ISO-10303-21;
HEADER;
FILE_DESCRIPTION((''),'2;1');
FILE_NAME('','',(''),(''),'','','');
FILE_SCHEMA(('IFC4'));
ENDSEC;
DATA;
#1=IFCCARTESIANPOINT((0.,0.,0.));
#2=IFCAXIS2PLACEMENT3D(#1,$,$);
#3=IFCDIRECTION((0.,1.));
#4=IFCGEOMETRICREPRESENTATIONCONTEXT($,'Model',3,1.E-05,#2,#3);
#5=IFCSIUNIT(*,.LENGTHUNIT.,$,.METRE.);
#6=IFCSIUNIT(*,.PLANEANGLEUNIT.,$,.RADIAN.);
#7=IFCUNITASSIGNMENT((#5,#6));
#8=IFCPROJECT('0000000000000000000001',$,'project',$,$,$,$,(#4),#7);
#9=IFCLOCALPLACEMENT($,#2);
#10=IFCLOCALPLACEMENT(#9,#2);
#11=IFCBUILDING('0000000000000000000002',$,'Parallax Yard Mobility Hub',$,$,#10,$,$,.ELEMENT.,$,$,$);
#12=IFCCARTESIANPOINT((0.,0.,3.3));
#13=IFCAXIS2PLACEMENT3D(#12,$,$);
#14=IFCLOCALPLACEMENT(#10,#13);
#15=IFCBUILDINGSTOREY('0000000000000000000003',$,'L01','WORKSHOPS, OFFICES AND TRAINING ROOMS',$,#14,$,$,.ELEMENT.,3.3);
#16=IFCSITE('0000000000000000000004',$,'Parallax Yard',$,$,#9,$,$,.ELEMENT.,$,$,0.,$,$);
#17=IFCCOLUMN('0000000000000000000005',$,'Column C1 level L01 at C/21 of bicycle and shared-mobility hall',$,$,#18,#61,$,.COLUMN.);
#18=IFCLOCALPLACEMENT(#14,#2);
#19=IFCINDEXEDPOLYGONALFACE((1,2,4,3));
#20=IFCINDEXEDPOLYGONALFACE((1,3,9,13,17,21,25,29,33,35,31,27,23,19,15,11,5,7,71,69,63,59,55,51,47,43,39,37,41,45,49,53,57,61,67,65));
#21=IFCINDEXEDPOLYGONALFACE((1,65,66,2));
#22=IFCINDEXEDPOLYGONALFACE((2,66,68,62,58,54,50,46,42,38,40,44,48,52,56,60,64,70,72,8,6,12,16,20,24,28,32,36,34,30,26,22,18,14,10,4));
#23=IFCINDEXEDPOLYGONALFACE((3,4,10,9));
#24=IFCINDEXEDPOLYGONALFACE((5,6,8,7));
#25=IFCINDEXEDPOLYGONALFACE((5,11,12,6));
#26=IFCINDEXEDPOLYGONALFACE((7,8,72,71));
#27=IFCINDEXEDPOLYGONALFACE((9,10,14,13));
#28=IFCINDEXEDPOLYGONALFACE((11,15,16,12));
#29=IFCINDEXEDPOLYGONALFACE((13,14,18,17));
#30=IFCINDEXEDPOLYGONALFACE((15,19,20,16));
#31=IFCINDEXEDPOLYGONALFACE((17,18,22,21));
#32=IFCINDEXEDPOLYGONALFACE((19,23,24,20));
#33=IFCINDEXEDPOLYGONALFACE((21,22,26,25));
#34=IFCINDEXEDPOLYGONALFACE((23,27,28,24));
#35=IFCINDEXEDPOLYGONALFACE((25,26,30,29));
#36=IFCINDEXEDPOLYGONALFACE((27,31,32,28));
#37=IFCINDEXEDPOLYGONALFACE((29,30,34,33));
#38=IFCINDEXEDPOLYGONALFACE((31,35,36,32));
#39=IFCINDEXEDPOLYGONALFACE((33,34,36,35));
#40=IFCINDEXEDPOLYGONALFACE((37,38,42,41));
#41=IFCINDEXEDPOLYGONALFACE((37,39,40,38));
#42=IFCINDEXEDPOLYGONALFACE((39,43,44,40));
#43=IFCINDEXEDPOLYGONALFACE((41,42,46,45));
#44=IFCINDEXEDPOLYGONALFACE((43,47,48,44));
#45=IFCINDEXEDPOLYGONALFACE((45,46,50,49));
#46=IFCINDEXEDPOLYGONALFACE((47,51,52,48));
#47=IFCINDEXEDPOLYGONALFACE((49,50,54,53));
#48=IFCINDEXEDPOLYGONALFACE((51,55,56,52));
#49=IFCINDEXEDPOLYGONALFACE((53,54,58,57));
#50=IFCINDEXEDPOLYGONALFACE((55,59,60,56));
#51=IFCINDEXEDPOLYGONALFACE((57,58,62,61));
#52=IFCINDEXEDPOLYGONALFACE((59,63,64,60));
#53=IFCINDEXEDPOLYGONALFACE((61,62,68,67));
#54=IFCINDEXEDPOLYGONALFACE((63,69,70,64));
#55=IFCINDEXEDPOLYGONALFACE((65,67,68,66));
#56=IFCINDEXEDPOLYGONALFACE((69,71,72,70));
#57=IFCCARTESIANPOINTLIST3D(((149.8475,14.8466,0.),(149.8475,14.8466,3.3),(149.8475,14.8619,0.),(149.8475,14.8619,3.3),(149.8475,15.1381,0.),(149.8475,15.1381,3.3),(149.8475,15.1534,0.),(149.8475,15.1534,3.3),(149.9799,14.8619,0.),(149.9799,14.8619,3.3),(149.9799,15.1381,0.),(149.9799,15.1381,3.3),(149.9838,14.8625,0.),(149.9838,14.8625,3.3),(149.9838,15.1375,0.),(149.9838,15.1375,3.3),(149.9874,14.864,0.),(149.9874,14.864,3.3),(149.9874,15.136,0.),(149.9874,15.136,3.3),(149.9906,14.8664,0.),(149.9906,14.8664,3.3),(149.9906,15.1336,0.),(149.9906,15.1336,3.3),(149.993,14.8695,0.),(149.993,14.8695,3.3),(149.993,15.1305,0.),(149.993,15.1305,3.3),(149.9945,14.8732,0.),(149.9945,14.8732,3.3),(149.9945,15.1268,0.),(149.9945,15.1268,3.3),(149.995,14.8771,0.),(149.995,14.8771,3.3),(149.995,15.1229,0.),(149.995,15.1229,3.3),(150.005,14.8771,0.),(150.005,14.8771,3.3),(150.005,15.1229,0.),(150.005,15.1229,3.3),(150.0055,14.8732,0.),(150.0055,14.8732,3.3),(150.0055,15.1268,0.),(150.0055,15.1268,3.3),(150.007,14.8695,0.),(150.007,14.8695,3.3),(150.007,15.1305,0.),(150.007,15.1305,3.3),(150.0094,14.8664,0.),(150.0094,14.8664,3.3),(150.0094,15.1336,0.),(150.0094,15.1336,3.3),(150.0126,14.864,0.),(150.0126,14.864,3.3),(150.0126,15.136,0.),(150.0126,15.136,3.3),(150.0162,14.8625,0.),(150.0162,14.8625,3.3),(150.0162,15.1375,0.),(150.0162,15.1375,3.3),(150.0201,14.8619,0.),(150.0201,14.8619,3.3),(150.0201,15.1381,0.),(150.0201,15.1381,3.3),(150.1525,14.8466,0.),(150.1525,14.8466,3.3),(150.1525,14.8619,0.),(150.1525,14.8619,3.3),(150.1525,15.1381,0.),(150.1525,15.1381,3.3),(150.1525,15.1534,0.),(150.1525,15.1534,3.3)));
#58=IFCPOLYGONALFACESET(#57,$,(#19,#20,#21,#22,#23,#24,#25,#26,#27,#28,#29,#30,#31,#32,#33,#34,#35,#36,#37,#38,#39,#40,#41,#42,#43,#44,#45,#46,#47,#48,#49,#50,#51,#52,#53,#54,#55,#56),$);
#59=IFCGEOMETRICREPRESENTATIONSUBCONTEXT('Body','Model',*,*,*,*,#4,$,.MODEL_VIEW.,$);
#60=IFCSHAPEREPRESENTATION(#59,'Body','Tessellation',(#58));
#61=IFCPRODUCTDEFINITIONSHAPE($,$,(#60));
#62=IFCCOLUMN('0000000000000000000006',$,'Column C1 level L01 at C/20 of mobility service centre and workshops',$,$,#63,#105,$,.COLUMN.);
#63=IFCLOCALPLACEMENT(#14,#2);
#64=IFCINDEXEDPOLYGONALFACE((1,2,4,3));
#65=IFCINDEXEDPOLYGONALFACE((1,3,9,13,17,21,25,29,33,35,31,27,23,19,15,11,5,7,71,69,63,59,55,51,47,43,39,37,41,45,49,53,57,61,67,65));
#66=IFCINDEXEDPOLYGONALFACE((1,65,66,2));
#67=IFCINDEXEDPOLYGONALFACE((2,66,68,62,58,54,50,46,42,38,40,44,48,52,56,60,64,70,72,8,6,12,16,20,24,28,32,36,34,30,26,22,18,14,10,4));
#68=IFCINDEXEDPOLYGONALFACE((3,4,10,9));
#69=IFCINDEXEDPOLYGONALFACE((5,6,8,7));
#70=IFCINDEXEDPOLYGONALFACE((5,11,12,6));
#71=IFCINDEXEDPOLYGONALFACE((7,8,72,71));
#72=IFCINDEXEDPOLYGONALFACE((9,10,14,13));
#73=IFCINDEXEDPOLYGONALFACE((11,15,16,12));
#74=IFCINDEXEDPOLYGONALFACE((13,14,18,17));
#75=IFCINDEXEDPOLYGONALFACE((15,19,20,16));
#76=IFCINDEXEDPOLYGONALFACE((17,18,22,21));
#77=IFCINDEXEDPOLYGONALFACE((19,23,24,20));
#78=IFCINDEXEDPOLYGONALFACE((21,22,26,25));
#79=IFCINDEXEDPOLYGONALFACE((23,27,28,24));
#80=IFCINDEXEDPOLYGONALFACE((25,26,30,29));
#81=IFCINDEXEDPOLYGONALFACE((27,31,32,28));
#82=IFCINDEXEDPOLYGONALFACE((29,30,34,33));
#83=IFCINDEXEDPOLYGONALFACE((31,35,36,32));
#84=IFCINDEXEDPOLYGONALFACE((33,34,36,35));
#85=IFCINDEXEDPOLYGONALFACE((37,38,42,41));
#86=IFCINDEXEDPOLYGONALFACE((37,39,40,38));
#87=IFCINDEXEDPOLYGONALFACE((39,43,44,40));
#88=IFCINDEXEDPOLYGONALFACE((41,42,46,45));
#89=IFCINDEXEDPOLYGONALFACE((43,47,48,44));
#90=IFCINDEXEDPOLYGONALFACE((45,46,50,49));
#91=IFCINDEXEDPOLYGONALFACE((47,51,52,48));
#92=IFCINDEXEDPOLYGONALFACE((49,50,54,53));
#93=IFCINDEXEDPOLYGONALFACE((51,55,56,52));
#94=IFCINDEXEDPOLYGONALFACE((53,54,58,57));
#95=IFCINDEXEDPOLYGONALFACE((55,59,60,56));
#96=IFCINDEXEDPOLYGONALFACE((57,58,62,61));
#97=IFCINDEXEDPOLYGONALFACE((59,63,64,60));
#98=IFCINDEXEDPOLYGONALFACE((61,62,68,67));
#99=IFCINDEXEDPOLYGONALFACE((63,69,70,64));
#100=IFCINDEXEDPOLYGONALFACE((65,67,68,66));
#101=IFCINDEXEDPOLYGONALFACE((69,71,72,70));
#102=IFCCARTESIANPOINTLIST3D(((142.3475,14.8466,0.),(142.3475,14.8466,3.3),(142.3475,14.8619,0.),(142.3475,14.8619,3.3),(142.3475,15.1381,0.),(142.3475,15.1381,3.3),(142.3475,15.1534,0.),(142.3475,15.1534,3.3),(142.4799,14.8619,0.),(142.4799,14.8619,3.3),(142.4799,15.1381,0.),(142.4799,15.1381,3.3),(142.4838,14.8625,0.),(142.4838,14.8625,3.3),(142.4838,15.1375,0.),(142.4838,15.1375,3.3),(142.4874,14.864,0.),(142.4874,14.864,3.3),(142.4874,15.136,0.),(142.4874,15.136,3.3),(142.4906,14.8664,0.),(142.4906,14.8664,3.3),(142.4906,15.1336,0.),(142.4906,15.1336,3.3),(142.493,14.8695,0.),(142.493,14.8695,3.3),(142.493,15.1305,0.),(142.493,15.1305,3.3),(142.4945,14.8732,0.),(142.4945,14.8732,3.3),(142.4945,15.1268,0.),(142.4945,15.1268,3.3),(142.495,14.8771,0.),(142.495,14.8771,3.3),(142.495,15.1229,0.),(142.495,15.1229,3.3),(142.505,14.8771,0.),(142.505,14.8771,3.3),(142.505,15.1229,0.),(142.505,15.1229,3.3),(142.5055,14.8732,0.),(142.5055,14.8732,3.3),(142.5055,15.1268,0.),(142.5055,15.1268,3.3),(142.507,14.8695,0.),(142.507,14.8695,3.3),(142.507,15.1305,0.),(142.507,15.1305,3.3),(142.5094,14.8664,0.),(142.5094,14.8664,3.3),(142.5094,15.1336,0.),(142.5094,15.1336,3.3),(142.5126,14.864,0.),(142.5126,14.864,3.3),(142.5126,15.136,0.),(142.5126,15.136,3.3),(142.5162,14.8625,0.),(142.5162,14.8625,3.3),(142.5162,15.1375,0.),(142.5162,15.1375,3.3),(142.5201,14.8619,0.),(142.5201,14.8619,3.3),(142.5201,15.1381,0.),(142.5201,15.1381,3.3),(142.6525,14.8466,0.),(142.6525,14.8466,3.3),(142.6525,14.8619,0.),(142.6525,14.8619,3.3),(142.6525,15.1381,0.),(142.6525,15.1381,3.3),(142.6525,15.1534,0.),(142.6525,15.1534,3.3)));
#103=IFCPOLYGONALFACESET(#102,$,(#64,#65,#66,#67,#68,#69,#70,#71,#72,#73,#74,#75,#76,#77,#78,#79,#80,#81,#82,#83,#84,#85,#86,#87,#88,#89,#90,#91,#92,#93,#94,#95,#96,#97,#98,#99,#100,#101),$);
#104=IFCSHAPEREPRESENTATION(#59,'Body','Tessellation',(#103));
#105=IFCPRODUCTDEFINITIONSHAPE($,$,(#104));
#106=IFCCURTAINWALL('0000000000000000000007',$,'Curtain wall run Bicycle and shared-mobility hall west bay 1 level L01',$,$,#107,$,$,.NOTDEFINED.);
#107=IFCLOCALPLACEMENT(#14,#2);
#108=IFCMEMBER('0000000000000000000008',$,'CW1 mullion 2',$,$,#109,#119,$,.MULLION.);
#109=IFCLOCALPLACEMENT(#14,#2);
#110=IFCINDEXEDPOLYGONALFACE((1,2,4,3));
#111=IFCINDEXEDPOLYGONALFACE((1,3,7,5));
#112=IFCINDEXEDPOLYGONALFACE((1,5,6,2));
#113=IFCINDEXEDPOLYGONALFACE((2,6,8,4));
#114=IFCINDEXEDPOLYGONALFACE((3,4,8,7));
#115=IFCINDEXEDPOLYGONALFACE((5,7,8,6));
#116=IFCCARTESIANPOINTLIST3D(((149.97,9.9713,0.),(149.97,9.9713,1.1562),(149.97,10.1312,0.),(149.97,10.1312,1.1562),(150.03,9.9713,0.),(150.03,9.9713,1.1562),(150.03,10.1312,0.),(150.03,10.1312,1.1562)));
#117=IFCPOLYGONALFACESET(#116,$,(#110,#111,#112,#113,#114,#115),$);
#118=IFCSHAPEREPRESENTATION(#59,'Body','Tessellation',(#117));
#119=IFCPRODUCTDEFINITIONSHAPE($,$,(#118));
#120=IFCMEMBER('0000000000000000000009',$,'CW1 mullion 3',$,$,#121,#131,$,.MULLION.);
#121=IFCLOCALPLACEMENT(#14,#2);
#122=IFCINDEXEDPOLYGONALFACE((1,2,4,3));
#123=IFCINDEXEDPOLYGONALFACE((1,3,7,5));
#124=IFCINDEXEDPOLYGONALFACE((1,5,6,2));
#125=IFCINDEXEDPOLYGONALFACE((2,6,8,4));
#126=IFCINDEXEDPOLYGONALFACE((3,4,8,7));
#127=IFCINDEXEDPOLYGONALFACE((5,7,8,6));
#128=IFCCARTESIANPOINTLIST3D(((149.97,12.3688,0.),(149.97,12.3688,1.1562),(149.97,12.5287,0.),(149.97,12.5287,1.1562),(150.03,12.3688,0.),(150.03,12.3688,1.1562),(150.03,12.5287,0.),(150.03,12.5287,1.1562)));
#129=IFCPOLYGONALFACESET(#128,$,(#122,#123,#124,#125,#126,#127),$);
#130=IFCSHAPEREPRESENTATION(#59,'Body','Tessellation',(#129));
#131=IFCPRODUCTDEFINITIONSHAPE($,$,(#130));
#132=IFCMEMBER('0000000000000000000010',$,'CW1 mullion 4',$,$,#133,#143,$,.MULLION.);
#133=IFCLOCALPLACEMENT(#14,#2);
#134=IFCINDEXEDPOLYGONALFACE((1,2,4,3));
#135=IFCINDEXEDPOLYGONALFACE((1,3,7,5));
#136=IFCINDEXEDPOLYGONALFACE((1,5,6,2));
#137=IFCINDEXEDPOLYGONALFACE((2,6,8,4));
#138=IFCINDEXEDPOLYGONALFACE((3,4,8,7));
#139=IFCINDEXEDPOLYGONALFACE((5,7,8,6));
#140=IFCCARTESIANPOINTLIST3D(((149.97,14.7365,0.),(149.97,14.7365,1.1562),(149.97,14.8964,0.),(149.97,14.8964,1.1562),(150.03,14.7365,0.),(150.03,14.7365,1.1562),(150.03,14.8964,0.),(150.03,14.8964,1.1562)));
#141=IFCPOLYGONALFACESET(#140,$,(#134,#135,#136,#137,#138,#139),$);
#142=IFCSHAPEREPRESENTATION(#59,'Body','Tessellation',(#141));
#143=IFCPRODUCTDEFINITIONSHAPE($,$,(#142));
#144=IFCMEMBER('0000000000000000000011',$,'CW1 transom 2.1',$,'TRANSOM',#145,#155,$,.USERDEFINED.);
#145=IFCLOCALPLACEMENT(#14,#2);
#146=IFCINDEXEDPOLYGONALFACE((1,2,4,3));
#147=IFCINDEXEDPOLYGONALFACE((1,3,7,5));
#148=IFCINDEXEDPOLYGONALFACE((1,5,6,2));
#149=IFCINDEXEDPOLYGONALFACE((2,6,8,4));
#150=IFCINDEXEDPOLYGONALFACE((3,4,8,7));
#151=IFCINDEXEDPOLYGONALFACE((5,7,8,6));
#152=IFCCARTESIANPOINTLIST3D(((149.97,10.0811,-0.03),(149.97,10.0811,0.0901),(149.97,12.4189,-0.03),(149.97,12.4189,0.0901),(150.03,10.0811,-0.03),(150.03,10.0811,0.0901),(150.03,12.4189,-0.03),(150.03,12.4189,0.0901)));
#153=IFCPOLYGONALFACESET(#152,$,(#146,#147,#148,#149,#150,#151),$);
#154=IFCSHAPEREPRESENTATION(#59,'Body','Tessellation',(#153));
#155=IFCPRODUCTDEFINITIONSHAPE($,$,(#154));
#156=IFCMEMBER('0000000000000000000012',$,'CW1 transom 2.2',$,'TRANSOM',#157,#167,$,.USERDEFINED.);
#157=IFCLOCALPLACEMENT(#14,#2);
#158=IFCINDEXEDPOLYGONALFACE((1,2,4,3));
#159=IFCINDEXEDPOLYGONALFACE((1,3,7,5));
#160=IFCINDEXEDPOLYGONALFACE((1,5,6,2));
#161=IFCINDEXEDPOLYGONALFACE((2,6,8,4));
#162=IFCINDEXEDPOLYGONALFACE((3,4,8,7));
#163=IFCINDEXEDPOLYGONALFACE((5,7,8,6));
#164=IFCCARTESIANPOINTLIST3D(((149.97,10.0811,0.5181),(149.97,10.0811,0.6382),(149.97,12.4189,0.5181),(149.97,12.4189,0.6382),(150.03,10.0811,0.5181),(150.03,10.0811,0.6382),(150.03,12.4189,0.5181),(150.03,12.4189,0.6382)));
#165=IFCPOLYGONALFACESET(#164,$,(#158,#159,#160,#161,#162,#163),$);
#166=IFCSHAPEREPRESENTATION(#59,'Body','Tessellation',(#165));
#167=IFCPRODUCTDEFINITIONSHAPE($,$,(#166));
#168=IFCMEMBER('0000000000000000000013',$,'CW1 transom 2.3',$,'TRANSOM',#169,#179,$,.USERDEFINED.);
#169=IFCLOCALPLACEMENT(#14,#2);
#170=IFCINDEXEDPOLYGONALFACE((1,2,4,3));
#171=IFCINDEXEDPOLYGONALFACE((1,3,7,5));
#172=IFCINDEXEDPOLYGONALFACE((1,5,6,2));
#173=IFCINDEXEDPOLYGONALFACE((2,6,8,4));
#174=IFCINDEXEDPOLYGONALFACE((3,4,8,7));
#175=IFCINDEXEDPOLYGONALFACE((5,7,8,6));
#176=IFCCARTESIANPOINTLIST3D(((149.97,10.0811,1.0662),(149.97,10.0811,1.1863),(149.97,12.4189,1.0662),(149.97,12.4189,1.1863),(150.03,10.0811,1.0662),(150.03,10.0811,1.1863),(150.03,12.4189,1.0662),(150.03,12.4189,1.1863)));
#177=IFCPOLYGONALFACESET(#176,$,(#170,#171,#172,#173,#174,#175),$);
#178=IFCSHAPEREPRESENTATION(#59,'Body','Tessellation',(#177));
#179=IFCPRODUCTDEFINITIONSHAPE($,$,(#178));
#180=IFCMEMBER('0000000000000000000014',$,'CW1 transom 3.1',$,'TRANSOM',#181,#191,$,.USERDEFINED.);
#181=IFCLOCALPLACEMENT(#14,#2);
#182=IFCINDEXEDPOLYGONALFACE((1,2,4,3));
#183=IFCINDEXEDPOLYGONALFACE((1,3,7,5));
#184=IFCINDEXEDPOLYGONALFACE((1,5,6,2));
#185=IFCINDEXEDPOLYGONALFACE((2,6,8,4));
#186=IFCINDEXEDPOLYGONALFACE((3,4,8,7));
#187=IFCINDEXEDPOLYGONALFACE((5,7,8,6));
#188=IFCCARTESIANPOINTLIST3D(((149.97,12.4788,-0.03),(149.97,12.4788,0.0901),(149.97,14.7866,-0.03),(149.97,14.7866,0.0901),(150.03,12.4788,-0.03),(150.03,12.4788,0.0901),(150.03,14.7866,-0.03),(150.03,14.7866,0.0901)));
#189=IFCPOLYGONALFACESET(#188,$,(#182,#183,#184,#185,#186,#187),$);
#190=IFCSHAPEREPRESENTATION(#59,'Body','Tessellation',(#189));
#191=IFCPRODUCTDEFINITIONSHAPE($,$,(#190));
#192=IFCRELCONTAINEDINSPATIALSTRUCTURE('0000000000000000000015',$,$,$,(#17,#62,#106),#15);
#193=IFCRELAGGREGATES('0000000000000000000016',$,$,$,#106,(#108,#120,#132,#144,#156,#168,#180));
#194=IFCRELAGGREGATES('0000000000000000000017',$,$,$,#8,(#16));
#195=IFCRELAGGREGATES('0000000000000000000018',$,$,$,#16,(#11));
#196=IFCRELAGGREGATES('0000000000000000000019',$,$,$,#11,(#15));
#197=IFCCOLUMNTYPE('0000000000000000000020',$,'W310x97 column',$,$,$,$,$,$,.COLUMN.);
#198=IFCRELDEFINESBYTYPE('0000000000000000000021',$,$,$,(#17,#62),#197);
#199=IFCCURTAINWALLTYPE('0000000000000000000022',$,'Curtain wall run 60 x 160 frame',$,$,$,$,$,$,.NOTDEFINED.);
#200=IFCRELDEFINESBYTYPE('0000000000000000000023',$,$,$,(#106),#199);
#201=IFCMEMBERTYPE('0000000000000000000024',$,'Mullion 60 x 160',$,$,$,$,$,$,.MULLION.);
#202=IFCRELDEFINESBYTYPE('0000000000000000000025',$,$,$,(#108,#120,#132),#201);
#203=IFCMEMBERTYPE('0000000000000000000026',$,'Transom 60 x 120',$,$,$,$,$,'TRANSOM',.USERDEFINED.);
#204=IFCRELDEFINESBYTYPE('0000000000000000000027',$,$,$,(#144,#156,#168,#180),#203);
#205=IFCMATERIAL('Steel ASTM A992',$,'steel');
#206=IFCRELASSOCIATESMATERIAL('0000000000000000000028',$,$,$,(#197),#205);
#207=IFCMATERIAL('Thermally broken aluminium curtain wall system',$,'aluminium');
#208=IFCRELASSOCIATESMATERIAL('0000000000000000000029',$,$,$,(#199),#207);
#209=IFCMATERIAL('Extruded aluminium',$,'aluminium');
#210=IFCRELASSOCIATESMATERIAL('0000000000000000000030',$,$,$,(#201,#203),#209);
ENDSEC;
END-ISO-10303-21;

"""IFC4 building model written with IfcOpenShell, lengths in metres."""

from ifc_helpers import new_model, si_unit, direction, frame, origin, origin_2d, place, context, subcontext, project, spatial, rectangle, i_section, extrude, material, material_profile, profile_set, type_object, element, aggregate, save


model = new_model("IFC4")

# Units and contexts
model_context = context("Model", 3, precision=1e-05, world=origin(), true_north=direction((0.0, 1.0)))
body_context = subcontext(model_context, "Body", "Model", "MODEL_VIEW")
ifc_project = project(units=[si_unit("LENGTHUNIT", "METRE"), si_unit("PLANEANGLEUNIT", "RADIAN")], contexts=[model_context])

# Site, building, storey
site_placement = place(None, origin())
site = spatial("IfcSite", under=ifc_project, at=site_placement, Name="Parallax Yard", CompositionType="ELEMENT", RefElevation=0.0)
building_placement = place(site_placement, origin())
building = spatial("IfcBuilding", under=site, at=building_placement, Name="Parallax Yard Mobility Hub", CompositionType="ELEMENT")
storey_placement = place(building_placement, frame((0.0, 0.0, 3.3)))
storey = spatial("IfcBuildingStorey", under=building, at=storey_placement, Name="L01", Description="WORKSHOPS, OFFICES AND TRAINING ROOMS", CompositionType="ELEMENT", Elevation=3.3)

# Columns
ifc_material_1 = material(Name="Steel ASTM A992", Category="steel")
ifc_material_profile_1 = material_profile(ifc_material_1, i_section(OverallWidth=0.3049, OverallDepth=0.3069, WebThickness=0.01, FlangeThickness=0.0154, FilletRadius=0.0151, at=origin_2d()), Name="W310x97")
ifc_profile_set_1 = profile_set([ifc_material_profile_1], Name="Steel ASTM A992")
column_type = type_object("IfcColumnType", Name="W310x97 column", PredefinedType="COLUMN", material=ifc_profile_set_1)
for number, where, z_axis, x_axis, name in (
    (1, (150.0, 15.0, 0.0), (0.0, 0.0, 1.0), (1.0, 0.0, 0.0), "Column C1 level L01 at C/21 of bicycle and shared-mobility hall"),
    (2, (142.5, 15.0, 0.0), (0.0, 0.0, 1.0), (1.0, 0.0, 0.0), "Column C1 level L01 at C/20 of mobility service centre and workshops"),
):
    element("IfcColumn", number, at=place(storey_placement, frame(where, z_axis=z_axis, x_axis=x_axis)), inside=storey, type_object=column_type, Name=name, PredefinedType="COLUMN", context=body_context, shape_type="SweptSolid", body=[
        extrude(i_section(OverallWidth=0.3049, OverallDepth=0.3069, WebThickness=0.01, FlangeThickness=0.0154, FilletRadius=0.0151, at=origin_2d()), origin(), (0.0, 0.0, 1.0), 3.3),
    ])

# Curtain wall, members
ifc_material_2 = material(Name="Thermally broken aluminium curtain wall system", Category="aluminium")
curtain_wall_type = type_object("IfcCurtainWallType", Name="Curtain wall run 60 x 160 frame", PredefinedType="NOTDEFINED", material=ifc_material_2)
curtain_wall_placement = place(storey_placement, origin())
curtain_wall = element("IfcCurtainWall", 3, at=curtain_wall_placement, inside=storey, type_object=curtain_wall_type, Name="Curtain wall run Bicycle and shared-mobility hall west bay 1 level L01", PredefinedType="NOTDEFINED")
ifc_material_3 = material(Name="Extruded aluminium", Category="aluminium")
ifc_material_profile_2 = material_profile(ifc_material_3, rectangle(XDim=0.0601, YDim=0.1599, at=origin_2d()), Name="Mullion 60 x 160")
ifc_profile_set_2 = profile_set([ifc_material_profile_2], Name="Extruded aluminium")
member_type_1 = type_object("IfcMemberType", Name="Mullion 60 x 160", PredefinedType="MULLION", material=ifc_profile_set_2)
member_1_placement = place(storey_placement, frame((150.0, 10.0513, 0.0), z_axis=(0.0, 0.0, 1.0), x_axis=(-1.0, 0.0, 0.0)))
member_1 = element("IfcMember", 4, at=member_1_placement, type_object=member_type_1, Name="CW1 mullion 2", PredefinedType="MULLION", context=body_context, shape_type="SweptSolid", body=[
    extrude(rectangle(XDim=0.0601, YDim=0.1599, at=origin_2d()), origin(), (0.0, 0.0, 1.0), 1.1562),
])
member_2_placement = place(storey_placement, frame((150.0, 12.4487, 0.0), z_axis=(0.0, 0.0, 1.0), x_axis=(-1.0, 0.0, 0.0)))
member_2 = element("IfcMember", 5, at=member_2_placement, type_object=member_type_1, Name="CW1 mullion 3", PredefinedType="MULLION", context=body_context, shape_type="SweptSolid", body=[
    extrude(rectangle(XDim=0.0601, YDim=0.1599, at=origin_2d()), origin(), (0.0, 0.0, 1.0), 1.1562),
])
member_3_placement = place(storey_placement, frame((150.0, 14.8164, 0.0), z_axis=(0.0, 0.0, 1.0), x_axis=(-1.0, 0.0, 0.0)))
member_3 = element("IfcMember", 6, at=member_3_placement, type_object=member_type_1, Name="CW1 mullion 4", PredefinedType="MULLION", context=body_context, shape_type="SweptSolid", body=[
    extrude(rectangle(XDim=0.0601, YDim=0.1599, at=origin_2d()), origin(), (0.0, 0.0, 1.0), 1.1562),
])
ifc_material_profile_3 = material_profile(ifc_material_3, rectangle(XDim=0.0601, YDim=0.1201, at=origin_2d()), Name="Transom 60 x 120")
ifc_profile_set_3 = profile_set([ifc_material_profile_3], Name="Extruded aluminium")
member_type_2 = type_object("IfcMemberType", Name="Transom 60 x 120", ElementType="TRANSOM", PredefinedType="USERDEFINED", material=ifc_profile_set_3)
member_4_placement = place(storey_placement, frame((150.0, 10.0811, 0.03), z_axis=(0.0, 1.0, 0.0), x_axis=(-1.0, 0.0, 0.0)))
member_4 = element("IfcMember", 7, at=member_4_placement, type_object=member_type_2, Name="CW1 transom 2.1", ObjectType="TRANSOM", PredefinedType="USERDEFINED", context=body_context, shape_type="SweptSolid", body=[
    extrude(rectangle(XDim=0.0601, YDim=0.1201, at=origin_2d()), origin(), (0.0, 0.0, 1.0), 2.3379),
])
member_5_placement = place(storey_placement, frame((150.0, 10.0811, 0.5781), z_axis=(0.0, 1.0, 0.0), x_axis=(-1.0, 0.0, 0.0)))
member_5 = element("IfcMember", 8, at=member_5_placement, type_object=member_type_2, Name="CW1 transom 2.2", ObjectType="TRANSOM", PredefinedType="USERDEFINED", context=body_context, shape_type="SweptSolid", body=[
    extrude(rectangle(XDim=0.0601, YDim=0.1201, at=origin_2d()), origin(), (0.0, 0.0, 1.0), 2.3379),
])
member_6_placement = place(storey_placement, frame((150.0, 10.0811, 1.1262), z_axis=(0.0, 1.0, 0.0), x_axis=(-1.0, 0.0, 0.0)))
member_6 = element("IfcMember", 9, at=member_6_placement, type_object=member_type_2, Name="CW1 transom 2.3", ObjectType="TRANSOM", PredefinedType="USERDEFINED", context=body_context, shape_type="SweptSolid", body=[
    extrude(rectangle(XDim=0.0601, YDim=0.1201, at=origin_2d()), origin(), (0.0, 0.0, 1.0), 2.3379),
])
member_7_placement = place(storey_placement, frame((150.0, 12.4788, 0.03), z_axis=(0.0, 1.0, 0.0), x_axis=(-1.0, 0.0, 0.0)))
member_7 = element("IfcMember", 10, at=member_7_placement, type_object=member_type_2, Name="CW1 transom 3.1", ObjectType="TRANSOM", PredefinedType="USERDEFINED", context=body_context, shape_type="SweptSolid", body=[
    extrude(rectangle(XDim=0.0601, YDim=0.1201, at=origin_2d()), origin(), (0.0, 0.0, 1.0), 2.3079),
])
aggregate(curtain_wall, [member_1, member_2, member_3, member_4, member_5, member_6, member_7])

save(model, "model.ifc")
